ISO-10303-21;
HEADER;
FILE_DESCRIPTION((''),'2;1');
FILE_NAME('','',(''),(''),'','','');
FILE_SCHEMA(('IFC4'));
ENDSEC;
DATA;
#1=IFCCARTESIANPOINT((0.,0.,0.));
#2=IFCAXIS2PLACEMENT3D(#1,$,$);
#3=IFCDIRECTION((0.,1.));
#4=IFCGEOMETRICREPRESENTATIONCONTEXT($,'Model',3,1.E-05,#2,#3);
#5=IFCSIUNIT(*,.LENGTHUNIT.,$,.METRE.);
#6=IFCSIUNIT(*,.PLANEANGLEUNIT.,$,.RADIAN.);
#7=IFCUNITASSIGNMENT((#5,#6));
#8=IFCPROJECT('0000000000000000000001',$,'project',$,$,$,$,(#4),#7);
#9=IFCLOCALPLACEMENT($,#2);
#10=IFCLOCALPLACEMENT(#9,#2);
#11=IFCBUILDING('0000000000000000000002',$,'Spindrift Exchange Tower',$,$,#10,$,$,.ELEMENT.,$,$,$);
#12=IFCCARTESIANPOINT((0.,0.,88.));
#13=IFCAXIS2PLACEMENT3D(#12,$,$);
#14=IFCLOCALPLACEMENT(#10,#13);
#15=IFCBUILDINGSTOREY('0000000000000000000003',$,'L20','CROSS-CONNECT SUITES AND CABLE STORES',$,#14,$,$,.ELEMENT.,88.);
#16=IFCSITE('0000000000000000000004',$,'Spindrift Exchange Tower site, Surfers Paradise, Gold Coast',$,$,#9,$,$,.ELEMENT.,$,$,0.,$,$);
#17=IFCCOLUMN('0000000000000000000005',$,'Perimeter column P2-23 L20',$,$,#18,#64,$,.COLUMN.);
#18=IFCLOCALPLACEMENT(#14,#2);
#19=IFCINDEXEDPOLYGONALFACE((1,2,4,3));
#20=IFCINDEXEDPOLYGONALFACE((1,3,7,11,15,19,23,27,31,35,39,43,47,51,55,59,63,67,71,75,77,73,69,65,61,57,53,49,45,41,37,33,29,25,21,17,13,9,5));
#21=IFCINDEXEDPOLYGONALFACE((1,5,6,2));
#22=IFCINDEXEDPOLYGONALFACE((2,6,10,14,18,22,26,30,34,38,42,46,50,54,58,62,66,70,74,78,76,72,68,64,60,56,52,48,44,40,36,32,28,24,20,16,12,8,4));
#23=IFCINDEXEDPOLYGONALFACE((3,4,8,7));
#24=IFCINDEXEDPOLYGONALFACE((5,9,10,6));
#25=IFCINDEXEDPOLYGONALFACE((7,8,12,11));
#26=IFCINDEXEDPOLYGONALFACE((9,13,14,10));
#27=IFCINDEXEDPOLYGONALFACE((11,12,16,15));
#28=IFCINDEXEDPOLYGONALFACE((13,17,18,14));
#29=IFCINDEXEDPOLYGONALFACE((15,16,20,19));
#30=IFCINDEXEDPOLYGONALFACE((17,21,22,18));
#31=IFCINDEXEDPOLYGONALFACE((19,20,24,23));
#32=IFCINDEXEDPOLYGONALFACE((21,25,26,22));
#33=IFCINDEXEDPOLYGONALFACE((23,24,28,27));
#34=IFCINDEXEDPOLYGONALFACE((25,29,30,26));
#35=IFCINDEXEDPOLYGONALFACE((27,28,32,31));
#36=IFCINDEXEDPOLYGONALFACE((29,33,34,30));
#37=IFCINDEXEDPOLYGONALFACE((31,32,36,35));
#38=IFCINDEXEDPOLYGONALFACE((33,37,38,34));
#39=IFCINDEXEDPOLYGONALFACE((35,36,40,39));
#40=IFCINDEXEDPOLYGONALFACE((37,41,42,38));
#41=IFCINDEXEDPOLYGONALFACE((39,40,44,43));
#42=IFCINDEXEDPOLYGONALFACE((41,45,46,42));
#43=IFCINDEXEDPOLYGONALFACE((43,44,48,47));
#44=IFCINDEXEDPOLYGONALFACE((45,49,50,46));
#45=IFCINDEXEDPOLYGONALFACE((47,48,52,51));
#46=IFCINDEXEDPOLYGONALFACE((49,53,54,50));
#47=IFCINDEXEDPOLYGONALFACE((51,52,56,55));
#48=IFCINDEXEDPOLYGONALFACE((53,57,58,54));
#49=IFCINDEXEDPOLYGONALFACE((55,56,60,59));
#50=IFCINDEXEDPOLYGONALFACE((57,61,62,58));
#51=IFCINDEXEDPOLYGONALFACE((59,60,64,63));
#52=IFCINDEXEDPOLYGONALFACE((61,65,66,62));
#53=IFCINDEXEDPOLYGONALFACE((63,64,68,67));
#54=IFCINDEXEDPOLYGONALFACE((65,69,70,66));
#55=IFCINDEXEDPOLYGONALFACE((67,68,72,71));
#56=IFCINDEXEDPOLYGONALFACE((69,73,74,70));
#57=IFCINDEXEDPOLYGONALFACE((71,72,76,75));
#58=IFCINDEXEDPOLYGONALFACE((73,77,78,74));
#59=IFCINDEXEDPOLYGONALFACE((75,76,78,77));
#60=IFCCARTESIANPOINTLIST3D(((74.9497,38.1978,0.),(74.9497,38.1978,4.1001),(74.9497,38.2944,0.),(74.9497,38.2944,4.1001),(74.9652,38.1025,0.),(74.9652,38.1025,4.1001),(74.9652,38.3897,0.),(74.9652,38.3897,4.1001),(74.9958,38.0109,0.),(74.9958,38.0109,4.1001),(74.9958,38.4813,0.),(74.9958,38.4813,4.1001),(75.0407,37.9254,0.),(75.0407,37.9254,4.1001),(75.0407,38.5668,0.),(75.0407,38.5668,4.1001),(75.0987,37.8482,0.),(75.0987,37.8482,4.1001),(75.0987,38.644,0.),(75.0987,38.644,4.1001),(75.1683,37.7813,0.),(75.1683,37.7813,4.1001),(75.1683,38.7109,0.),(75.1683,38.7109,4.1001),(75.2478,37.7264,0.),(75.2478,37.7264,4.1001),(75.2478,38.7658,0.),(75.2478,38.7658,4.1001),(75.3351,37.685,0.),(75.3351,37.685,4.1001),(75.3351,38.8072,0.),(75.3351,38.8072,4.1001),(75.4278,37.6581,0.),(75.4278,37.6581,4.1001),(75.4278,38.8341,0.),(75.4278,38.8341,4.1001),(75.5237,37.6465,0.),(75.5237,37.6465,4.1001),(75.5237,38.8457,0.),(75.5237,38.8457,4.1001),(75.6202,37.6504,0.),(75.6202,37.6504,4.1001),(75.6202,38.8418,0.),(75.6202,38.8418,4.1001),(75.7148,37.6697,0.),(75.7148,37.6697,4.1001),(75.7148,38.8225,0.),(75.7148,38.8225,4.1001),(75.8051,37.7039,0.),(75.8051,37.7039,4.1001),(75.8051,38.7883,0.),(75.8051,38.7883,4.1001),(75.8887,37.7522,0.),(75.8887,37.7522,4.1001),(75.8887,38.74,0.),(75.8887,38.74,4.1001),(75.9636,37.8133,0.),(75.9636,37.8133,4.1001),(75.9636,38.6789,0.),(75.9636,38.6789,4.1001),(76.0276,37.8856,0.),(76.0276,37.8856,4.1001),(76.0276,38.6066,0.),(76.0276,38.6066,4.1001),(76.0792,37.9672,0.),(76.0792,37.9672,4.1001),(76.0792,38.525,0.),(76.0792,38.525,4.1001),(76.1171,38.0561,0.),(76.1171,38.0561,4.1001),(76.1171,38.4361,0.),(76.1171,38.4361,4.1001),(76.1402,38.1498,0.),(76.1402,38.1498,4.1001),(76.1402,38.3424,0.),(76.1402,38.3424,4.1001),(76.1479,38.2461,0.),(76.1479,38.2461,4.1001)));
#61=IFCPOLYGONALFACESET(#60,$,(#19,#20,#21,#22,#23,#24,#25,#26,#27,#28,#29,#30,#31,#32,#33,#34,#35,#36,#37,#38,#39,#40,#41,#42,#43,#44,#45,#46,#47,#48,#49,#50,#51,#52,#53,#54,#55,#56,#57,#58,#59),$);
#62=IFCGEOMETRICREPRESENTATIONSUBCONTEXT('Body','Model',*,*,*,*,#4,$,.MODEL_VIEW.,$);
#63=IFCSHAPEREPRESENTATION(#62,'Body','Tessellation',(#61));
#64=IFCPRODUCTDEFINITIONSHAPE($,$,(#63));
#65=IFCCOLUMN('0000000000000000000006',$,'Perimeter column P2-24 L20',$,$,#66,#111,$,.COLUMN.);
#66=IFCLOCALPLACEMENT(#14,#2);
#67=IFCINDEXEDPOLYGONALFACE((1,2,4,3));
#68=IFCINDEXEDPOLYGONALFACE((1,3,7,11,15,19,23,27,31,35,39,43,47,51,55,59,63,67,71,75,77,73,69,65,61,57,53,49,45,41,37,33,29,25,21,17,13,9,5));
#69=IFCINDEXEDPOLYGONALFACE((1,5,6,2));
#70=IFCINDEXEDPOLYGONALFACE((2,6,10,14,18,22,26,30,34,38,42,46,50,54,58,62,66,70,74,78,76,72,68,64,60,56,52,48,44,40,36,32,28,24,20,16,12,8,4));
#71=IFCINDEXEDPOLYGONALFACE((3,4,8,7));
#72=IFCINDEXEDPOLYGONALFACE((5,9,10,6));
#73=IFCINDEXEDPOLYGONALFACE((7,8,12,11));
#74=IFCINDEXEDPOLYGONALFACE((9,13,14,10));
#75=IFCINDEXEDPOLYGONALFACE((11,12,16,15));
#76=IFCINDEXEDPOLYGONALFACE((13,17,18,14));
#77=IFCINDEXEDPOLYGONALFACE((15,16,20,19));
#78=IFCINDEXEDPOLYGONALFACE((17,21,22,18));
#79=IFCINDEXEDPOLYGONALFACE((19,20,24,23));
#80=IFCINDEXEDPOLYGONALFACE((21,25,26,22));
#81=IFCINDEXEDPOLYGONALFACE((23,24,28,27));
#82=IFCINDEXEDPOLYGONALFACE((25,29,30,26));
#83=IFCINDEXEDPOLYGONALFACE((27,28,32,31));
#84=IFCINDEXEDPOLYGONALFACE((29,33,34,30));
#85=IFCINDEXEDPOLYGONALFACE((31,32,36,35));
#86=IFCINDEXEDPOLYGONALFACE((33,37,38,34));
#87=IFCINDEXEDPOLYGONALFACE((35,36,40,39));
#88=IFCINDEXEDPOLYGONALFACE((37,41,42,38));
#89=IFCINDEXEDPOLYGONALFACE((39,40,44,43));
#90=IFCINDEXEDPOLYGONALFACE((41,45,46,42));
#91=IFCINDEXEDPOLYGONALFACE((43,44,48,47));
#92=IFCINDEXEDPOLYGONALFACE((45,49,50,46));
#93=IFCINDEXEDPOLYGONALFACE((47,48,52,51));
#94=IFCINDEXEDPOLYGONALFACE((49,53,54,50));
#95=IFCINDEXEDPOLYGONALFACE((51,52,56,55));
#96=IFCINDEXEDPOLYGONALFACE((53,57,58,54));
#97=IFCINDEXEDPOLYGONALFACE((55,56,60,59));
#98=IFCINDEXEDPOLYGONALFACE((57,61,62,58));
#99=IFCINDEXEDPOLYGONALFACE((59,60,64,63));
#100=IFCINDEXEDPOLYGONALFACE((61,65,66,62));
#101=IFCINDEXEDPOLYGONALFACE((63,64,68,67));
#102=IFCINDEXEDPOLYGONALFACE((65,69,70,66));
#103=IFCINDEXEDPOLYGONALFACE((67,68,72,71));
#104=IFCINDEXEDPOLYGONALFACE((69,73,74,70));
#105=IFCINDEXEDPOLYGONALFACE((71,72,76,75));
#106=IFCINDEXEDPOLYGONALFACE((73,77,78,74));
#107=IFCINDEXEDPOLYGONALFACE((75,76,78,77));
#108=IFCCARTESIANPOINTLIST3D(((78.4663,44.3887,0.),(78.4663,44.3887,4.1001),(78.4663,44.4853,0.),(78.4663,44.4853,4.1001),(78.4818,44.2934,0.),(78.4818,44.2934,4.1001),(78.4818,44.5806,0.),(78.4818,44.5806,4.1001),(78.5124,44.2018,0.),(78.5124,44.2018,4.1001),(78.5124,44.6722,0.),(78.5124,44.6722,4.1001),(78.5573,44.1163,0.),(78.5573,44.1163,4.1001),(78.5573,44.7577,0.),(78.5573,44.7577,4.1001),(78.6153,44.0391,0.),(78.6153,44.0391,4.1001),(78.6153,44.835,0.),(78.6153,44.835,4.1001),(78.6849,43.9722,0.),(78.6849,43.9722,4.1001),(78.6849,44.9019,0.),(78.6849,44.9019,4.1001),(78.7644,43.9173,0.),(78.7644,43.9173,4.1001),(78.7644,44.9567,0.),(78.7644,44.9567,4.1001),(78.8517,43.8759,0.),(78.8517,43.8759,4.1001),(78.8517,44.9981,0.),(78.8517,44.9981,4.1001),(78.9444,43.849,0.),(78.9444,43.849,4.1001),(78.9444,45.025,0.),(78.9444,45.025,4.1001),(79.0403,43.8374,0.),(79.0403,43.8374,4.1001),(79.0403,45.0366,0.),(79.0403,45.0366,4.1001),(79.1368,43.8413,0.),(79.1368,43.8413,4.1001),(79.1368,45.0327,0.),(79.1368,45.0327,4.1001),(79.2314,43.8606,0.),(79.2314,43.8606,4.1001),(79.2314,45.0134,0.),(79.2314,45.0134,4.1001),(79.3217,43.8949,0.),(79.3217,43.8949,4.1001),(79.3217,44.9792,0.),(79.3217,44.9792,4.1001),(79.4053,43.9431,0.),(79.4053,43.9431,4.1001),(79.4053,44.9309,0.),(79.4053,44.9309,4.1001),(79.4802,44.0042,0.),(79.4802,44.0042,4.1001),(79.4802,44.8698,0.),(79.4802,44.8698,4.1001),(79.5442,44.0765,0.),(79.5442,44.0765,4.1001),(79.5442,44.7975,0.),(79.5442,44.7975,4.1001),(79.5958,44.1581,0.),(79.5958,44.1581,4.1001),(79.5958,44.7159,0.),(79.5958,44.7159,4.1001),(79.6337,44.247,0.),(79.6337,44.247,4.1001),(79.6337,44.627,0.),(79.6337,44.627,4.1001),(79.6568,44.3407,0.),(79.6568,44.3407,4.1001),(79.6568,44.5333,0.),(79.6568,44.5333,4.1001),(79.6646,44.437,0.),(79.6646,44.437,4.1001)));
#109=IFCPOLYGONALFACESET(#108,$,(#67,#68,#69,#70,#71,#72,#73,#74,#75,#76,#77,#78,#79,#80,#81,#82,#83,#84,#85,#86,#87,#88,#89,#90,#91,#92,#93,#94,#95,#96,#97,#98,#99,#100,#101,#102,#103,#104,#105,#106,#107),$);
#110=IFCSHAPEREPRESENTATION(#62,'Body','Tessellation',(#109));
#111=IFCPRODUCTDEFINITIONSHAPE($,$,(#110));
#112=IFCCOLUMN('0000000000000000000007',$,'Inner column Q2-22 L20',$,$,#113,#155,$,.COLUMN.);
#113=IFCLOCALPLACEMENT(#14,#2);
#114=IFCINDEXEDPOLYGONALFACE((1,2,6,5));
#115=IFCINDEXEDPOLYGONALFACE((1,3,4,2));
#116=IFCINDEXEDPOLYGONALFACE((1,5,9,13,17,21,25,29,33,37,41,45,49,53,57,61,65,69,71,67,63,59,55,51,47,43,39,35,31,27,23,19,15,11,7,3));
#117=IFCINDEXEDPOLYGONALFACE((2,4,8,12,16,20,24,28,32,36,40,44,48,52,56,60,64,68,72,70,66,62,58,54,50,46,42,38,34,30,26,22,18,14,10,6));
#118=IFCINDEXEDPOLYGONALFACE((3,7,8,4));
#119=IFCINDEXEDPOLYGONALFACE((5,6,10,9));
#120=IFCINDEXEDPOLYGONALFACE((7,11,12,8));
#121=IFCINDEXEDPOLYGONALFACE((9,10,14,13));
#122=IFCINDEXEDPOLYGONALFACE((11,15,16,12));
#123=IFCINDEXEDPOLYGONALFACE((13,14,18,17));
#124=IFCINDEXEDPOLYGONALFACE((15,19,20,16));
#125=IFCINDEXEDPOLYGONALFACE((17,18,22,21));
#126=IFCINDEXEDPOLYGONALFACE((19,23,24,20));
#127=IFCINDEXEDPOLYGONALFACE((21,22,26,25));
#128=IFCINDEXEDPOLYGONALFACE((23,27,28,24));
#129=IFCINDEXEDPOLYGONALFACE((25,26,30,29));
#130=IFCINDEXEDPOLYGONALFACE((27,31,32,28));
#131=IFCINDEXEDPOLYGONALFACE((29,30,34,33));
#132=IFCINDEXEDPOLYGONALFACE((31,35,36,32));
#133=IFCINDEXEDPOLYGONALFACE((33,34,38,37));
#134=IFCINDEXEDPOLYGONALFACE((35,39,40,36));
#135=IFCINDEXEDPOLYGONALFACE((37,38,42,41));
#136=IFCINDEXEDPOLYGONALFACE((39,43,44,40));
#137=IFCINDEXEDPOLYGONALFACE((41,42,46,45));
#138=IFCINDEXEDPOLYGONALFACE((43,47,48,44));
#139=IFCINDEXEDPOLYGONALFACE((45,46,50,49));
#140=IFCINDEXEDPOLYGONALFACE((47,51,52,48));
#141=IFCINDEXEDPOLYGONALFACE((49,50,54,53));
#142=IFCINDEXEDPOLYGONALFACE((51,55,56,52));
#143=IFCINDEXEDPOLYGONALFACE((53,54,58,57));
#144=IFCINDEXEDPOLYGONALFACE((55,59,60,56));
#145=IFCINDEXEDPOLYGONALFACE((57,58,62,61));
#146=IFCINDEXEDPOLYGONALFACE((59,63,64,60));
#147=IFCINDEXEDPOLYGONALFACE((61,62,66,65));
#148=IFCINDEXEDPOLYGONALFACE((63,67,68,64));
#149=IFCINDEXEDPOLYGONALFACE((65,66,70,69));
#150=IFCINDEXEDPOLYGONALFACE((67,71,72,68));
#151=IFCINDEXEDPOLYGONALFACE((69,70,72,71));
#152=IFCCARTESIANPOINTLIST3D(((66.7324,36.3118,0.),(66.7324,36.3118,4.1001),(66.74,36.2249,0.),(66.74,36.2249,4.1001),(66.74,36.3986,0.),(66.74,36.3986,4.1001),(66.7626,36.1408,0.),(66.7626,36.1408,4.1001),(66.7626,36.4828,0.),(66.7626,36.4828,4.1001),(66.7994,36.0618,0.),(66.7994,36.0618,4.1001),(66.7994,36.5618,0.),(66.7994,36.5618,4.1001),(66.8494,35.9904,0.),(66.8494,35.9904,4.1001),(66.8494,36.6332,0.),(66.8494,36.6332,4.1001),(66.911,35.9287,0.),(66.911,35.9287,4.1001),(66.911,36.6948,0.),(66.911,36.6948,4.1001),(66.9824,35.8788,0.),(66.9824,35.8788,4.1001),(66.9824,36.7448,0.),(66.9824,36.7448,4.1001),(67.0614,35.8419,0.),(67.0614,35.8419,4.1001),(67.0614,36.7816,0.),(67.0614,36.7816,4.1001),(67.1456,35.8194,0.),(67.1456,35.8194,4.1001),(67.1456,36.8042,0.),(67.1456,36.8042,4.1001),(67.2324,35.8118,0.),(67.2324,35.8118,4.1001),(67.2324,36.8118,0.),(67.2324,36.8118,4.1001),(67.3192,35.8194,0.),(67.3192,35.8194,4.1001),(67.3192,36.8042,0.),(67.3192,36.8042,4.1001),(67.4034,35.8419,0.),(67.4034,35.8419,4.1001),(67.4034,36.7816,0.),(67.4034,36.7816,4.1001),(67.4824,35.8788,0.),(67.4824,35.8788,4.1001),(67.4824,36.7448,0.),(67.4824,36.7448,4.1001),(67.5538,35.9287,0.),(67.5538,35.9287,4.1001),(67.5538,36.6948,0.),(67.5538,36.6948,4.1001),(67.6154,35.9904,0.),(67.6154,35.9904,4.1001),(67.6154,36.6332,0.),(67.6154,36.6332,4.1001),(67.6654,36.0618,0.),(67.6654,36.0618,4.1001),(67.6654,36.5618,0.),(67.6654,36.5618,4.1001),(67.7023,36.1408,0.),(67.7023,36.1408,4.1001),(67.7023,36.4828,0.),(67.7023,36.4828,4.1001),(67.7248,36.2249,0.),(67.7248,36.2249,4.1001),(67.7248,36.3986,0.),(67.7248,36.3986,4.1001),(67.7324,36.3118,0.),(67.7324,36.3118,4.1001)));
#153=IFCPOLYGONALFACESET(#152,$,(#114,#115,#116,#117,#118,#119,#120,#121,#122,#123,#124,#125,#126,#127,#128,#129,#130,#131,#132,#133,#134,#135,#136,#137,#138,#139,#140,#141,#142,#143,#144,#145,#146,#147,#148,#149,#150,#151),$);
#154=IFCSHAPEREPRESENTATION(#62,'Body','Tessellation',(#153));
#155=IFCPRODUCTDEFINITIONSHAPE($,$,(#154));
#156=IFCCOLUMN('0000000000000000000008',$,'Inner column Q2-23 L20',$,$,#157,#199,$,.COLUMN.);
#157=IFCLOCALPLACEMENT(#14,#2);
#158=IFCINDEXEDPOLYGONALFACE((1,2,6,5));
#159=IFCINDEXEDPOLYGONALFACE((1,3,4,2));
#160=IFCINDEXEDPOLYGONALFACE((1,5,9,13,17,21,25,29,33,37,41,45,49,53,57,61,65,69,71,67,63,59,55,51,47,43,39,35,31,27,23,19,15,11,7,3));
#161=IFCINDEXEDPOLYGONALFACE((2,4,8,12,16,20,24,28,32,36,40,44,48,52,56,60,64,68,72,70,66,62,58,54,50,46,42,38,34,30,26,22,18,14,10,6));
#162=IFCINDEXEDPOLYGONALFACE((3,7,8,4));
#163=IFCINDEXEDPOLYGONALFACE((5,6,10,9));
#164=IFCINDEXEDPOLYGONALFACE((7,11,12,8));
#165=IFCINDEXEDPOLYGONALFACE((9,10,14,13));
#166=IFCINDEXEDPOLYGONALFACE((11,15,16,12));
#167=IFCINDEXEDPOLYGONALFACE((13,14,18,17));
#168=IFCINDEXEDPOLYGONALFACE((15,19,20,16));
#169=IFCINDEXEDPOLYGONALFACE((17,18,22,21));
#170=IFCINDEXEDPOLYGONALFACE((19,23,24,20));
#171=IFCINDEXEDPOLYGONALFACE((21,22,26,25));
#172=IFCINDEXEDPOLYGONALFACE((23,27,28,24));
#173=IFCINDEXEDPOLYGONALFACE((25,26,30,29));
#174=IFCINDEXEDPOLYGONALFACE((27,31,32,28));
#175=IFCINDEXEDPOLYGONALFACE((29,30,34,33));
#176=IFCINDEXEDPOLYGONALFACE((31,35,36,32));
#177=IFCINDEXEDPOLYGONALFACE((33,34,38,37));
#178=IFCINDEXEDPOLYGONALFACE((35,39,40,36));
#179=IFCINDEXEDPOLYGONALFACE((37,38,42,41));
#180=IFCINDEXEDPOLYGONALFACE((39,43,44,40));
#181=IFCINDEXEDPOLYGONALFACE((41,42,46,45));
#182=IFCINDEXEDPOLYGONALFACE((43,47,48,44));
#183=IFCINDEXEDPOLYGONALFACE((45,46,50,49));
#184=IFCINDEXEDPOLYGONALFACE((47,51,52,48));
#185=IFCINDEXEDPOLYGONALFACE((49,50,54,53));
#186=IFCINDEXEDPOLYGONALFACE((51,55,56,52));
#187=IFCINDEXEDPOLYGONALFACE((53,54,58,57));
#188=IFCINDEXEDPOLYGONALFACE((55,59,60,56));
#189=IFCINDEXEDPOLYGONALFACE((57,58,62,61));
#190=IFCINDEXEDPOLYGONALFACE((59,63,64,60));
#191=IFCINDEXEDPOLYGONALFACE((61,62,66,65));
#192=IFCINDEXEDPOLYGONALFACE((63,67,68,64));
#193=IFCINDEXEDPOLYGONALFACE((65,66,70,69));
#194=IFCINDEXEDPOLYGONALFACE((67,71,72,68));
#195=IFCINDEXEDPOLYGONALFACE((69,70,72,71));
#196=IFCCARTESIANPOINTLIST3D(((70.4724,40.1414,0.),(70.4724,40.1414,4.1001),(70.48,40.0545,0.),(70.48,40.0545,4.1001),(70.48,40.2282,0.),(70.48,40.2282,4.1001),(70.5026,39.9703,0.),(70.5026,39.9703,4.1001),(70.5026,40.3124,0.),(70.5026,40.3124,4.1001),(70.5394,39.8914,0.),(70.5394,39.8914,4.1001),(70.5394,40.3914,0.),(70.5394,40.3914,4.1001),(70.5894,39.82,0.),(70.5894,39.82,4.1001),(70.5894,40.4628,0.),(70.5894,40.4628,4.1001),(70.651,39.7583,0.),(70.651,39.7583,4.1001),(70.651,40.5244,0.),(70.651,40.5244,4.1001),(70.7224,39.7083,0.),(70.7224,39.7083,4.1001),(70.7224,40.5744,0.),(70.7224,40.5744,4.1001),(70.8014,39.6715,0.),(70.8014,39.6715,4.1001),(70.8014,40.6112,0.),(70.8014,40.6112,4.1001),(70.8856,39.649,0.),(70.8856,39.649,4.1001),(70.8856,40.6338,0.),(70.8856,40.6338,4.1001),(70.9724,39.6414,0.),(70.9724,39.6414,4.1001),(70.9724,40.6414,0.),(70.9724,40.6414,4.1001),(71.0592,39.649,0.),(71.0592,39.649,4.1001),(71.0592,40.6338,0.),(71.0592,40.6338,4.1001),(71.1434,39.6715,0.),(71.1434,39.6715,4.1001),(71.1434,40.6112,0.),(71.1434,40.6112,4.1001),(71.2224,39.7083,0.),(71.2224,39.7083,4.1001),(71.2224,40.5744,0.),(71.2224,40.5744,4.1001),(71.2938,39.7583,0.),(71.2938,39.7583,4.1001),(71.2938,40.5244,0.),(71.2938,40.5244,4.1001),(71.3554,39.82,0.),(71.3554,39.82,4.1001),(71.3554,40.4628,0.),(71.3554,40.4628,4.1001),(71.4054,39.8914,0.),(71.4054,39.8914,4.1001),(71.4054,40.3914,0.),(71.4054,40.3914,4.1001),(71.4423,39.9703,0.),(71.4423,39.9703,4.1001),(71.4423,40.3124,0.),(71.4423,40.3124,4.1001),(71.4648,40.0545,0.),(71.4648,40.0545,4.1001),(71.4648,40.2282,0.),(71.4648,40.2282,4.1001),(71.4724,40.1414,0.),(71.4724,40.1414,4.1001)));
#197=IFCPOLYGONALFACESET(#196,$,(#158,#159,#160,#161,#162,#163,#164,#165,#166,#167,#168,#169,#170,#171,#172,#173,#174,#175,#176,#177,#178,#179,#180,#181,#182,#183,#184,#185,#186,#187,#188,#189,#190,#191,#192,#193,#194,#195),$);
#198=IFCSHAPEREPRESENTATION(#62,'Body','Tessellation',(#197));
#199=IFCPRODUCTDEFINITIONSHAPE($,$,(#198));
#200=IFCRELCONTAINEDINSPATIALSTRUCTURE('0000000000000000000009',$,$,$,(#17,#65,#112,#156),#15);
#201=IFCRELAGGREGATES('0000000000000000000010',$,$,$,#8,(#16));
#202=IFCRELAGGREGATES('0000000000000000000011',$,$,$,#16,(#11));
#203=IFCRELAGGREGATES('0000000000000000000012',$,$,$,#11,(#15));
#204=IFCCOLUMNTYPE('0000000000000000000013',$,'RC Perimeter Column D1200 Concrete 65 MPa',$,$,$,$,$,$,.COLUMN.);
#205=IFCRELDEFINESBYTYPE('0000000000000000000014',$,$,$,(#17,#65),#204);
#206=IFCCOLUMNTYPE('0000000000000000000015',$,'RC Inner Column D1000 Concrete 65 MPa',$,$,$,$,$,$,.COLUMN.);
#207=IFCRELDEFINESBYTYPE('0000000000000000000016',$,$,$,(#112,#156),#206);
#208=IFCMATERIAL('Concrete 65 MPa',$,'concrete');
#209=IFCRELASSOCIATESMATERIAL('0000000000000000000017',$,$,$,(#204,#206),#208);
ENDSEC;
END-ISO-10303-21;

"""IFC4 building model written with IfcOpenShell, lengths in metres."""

from ifc_helpers import new_model, si_unit, direction, frame, origin, origin_2d, place, context, subcontext, project, spatial, circle, extrude, source, transform, mapped, material, material_profile, profile_set, type_object, element, save


model = new_model("IFC4")

# Units and contexts
model_context = context("Model", 3, precision=1e-05, world=origin(), true_north=direction((0.0, 1.0)))
body_context = subcontext(model_context, "Body", "Model", "MODEL_VIEW")
ifc_project = project(units=[si_unit("LENGTHUNIT", "METRE"), si_unit("PLANEANGLEUNIT", "RADIAN")], contexts=[model_context])

# Site, building, storey
site_placement = place(None, origin())
site = spatial("IfcSite", under=ifc_project, at=site_placement, Name="Spindrift Exchange Tower site, Surfers Paradise, Gold Coast", CompositionType="ELEMENT", RefElevation=0.0)
building_placement = place(site_placement, origin())
building = spatial("IfcBuilding", under=site, at=building_placement, Name="Spindrift Exchange Tower", CompositionType="ELEMENT")
storey_placement = place(building_placement, frame((0.0, 0.0, 88.0)))
storey = spatial("IfcBuildingStorey", under=building, at=storey_placement, Name="L20", Description="CROSS-CONNECT SUITES AND CABLE STORES", CompositionType="ELEMENT", Elevation=88.0)

# Columns
ifc_material_1 = material(Name="Concrete 65 MPa", Category="concrete")
ifc_material_profile_1 = material_profile(ifc_material_1, circle(Radius=0.6001, at=origin_2d()), Name="RC D1200")
ifc_profile_set_1 = profile_set([ifc_material_profile_1], Name="Concrete 65 MPa")
column_type_1 = type_object("IfcColumnType", Name="RC Perimeter Column D1200 Concrete 65 MPa", PredefinedType="COLUMN", material=ifc_profile_set_1)
shared_shape_1 = source(origin(), body_context, "Body", "SweptSolid", [
    extrude(circle(Radius=0.6001, at=origin_2d()), origin(), (0.0, 0.0, 1.0), 4.1001),
])
for number, where, z_axis, x_axis, name in (
    (1, (75.5479, 38.2461, 0.0), (0.0, 0.0, 1.0), (1.0, 0.0, 0.0), "Perimeter column P2-23 L20"),
    (2, (79.0645, 44.437, 0.0), (0.0, 0.0, 1.0), (1.0, 0.0, 0.0), "Perimeter column P2-24 L20"),
):
    element("IfcColumn", number, at=place(storey_placement, frame(where, z_axis=z_axis, x_axis=x_axis)), inside=storey, type_object=column_type_1, Name=name, PredefinedType="COLUMN", context=body_context, shape_type="MappedRepresentation", body=[
        mapped(shared_shape_1, transform((0.0, 0.0, 0.0), scale=1.0)),
    ])
ifc_material_profile_2 = material_profile(ifc_material_1, circle(Radius=0.5, at=origin_2d()), Name="RC D1000")
ifc_profile_set_2 = profile_set([ifc_material_profile_2], Name="Concrete 65 MPa")
column_type_2 = type_object("IfcColumnType", Name="RC Inner Column D1000 Concrete 65 MPa", PredefinedType="COLUMN", material=ifc_profile_set_2)
shared_shape_2 = source(origin(), body_context, "Body", "SweptSolid", [
    extrude(circle(Radius=0.5, at=origin_2d()), origin(), (0.0, 0.0, 1.0), 4.1001),
])
for number, where, z_axis, x_axis, name in (
    (3, (67.2324, 36.3118, 0.0), (0.0, 0.0, 1.0), (1.0, 0.0, 0.0), "Inner column Q2-22 L20"),
    (4, (70.9724, 40.1414, 0.0), (0.0, 0.0, 1.0), (1.0, 0.0, 0.0), "Inner column Q2-23 L20"),
):
    element("IfcColumn", number, at=place(storey_placement, frame(where, z_axis=z_axis, x_axis=x_axis)), inside=storey, type_object=column_type_2, Name=name, PredefinedType="COLUMN", context=body_context, shape_type="MappedRepresentation", body=[
        mapped(shared_shape_2, transform((0.0, 0.0, 0.0), scale=1.0)),
    ])

save(model, "model.ifc")
